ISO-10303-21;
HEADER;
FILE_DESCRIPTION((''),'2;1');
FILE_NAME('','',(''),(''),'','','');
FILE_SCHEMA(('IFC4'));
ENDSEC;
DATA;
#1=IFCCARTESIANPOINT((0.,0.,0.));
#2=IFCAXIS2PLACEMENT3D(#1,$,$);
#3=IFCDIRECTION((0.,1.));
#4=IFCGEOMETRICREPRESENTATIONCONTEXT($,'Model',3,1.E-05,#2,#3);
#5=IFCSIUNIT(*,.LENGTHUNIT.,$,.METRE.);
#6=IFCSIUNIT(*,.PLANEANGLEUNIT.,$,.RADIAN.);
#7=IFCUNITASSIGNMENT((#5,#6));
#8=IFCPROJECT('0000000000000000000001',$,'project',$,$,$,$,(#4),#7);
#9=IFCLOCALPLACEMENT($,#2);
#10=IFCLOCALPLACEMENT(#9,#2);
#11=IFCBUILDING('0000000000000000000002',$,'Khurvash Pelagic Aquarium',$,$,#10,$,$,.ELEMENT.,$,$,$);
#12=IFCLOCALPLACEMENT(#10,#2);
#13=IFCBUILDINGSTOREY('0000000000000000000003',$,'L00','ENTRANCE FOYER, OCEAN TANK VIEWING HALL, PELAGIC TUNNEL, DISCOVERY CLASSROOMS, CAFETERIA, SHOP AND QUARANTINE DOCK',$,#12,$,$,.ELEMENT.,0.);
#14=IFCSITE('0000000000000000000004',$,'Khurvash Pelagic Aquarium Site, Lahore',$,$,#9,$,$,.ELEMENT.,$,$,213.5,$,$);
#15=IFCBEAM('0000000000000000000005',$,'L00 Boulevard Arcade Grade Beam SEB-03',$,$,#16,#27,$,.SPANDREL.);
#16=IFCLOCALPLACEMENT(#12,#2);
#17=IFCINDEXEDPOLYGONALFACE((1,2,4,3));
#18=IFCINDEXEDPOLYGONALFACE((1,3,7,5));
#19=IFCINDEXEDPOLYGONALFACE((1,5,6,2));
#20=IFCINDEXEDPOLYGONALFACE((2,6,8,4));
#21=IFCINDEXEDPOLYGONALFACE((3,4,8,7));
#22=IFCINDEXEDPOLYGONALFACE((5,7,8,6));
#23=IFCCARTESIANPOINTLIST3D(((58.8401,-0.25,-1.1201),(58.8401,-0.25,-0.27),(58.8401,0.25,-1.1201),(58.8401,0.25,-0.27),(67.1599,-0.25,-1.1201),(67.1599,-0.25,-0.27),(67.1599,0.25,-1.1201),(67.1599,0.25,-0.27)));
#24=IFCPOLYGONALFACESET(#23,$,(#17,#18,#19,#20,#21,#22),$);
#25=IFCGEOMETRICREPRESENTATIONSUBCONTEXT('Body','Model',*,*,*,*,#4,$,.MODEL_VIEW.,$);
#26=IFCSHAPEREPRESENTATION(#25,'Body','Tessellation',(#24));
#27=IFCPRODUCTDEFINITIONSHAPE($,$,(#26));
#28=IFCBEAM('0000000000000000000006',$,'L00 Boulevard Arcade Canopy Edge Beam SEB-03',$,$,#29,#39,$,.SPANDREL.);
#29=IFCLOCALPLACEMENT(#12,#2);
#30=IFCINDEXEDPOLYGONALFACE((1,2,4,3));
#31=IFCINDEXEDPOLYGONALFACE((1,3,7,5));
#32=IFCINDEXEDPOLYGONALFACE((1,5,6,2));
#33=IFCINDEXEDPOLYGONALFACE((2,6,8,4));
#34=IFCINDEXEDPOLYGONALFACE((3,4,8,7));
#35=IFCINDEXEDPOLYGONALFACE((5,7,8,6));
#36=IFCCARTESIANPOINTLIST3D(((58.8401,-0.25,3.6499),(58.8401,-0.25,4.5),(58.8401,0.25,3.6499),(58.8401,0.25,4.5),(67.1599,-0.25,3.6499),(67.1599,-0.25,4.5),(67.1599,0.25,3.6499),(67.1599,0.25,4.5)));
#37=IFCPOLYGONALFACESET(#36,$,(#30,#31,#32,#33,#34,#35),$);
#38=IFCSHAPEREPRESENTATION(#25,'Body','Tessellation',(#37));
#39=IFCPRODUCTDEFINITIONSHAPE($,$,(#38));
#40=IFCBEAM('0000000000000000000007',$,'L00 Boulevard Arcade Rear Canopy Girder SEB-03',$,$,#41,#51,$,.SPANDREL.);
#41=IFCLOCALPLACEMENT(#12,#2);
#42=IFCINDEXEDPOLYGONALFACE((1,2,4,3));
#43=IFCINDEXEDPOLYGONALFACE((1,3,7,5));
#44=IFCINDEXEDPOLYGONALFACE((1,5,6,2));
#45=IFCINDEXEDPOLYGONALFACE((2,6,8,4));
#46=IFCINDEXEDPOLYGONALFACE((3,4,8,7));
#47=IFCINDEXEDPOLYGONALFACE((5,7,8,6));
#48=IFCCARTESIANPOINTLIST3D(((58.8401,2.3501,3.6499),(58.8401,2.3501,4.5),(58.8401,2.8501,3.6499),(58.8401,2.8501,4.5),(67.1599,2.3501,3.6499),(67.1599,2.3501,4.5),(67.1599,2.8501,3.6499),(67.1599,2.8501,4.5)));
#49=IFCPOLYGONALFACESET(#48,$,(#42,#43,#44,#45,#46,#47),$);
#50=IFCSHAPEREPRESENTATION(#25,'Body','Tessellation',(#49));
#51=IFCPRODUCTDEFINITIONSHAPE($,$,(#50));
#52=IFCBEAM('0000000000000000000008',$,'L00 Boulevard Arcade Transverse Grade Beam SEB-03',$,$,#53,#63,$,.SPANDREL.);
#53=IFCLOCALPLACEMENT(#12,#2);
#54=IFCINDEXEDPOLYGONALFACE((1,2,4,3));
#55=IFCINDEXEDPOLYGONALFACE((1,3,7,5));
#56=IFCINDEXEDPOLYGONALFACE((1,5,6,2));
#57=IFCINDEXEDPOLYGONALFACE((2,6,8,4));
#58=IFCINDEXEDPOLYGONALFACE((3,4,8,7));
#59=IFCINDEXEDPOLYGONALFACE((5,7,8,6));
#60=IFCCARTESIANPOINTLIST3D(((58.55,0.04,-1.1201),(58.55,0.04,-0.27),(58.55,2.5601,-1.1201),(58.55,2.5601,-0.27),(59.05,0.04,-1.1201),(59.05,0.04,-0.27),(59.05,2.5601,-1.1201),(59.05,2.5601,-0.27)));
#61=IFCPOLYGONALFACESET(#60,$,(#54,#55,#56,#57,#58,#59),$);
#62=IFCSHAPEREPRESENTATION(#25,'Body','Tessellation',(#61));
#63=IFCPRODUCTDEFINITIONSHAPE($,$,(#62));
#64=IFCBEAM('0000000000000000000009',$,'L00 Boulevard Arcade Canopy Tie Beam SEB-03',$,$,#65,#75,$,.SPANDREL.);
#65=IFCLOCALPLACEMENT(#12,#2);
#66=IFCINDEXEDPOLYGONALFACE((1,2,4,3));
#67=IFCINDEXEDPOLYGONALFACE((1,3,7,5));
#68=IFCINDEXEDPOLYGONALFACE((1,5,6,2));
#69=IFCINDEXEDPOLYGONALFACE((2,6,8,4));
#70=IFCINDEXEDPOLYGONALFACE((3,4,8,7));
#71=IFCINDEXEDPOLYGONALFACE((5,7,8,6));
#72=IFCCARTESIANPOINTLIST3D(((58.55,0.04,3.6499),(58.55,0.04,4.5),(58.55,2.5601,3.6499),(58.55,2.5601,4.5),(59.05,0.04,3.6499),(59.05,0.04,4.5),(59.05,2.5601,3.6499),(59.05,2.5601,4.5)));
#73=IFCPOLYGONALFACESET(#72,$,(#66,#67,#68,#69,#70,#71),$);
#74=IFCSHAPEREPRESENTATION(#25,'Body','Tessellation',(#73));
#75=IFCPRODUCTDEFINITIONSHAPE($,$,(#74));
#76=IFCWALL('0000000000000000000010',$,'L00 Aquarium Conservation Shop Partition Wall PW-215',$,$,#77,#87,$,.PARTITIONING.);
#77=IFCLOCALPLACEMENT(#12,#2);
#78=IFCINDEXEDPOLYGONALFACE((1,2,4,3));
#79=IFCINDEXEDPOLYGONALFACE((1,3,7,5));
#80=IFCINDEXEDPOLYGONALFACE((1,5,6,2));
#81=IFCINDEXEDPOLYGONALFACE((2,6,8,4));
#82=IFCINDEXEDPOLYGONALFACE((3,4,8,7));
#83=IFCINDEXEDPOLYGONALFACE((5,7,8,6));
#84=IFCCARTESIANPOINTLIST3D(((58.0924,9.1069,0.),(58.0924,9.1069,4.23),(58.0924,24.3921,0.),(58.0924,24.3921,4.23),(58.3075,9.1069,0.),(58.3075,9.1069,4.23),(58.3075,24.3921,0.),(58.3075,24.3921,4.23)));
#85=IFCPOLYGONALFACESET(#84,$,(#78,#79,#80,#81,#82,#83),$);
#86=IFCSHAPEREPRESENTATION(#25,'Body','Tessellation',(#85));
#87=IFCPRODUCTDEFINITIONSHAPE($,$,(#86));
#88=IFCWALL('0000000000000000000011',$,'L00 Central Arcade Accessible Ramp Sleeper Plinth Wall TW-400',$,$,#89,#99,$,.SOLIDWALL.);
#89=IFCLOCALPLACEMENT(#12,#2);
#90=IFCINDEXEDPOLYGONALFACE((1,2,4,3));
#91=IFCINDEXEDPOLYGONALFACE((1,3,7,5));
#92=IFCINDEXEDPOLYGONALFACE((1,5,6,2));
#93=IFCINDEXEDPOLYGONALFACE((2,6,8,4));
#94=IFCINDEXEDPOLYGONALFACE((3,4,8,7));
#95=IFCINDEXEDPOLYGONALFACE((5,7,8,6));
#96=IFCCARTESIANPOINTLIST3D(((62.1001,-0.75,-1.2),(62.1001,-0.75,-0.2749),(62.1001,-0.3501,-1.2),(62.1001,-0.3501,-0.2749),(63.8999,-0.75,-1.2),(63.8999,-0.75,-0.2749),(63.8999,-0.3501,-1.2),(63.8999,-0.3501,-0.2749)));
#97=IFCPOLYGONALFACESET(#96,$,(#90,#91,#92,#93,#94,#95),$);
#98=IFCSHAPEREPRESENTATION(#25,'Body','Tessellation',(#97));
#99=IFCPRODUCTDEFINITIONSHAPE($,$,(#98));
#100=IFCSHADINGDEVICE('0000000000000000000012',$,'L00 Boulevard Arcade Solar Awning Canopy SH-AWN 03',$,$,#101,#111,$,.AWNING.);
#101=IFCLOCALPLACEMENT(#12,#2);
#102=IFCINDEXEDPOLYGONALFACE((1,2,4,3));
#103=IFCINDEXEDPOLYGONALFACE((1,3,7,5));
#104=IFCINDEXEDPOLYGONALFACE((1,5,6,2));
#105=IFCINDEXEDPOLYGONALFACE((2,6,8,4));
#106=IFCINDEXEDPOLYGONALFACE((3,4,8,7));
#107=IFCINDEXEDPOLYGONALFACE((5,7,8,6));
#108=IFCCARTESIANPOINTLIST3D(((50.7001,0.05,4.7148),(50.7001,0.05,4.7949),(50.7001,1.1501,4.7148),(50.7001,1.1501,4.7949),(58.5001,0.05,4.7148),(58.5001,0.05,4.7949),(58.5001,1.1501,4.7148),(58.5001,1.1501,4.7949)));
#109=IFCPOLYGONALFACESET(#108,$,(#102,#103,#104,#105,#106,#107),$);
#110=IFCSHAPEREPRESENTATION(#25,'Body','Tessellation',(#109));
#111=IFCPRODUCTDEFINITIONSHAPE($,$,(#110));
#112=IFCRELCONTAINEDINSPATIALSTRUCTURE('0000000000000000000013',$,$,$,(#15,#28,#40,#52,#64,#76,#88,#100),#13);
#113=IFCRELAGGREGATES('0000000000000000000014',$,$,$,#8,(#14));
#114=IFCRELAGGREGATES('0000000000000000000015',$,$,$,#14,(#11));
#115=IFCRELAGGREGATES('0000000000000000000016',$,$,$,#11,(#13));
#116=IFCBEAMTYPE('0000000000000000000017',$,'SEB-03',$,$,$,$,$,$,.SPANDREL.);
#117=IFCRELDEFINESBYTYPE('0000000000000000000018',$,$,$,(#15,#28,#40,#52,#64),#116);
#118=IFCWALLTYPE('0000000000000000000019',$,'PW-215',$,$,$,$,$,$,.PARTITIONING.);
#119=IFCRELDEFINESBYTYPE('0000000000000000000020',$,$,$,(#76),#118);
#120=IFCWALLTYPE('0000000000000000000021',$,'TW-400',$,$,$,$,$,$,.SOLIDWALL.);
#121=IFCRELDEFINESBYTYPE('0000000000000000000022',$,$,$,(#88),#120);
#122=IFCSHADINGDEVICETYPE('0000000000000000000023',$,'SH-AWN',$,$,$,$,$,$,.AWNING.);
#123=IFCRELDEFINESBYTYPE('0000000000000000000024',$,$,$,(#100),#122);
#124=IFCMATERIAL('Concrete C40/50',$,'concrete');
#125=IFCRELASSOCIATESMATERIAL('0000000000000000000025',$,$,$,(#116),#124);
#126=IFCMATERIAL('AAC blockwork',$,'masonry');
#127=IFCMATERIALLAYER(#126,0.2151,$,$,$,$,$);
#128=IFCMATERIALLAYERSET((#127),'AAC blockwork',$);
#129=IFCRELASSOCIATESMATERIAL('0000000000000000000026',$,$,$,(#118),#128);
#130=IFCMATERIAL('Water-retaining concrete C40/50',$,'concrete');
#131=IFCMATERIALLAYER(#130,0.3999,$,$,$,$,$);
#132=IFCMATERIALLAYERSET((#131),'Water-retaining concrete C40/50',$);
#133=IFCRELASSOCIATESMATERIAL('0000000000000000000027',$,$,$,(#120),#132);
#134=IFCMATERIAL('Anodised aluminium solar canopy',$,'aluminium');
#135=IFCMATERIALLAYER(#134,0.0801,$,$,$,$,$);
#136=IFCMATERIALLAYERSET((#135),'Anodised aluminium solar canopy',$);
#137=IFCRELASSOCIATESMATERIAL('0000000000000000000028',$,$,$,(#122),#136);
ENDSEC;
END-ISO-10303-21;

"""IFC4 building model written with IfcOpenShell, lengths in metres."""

from ifc_helpers import new_model, si_unit, direction, frame, frame_2d, origin, origin_2d, place, context, subcontext, project, spatial, rectangle, extrude, material, layer, layer_set, material_profile, profile_set, type_object, element, save


model = new_model("IFC4")

# Units and contexts
model_context = context("Model", 3, precision=1e-05, world=origin(), true_north=direction((0.0, 1.0)))
body_context = subcontext(model_context, "Body", "Model", "MODEL_VIEW")
ifc_project = project(units=[si_unit("LENGTHUNIT", "METRE"), si_unit("PLANEANGLEUNIT", "RADIAN")], contexts=[model_context])

# Site, building, storey
site_placement = place(None, origin())
site = spatial("IfcSite", under=ifc_project, at=site_placement, Name="Khurvash Pelagic Aquarium Site, Lahore", CompositionType="ELEMENT", RefElevation=213.5)
building_placement = place(site_placement, origin())
building = spatial("IfcBuilding", under=site, at=building_placement, Name="Khurvash Pelagic Aquarium", CompositionType="ELEMENT")
storey_placement = place(building_placement, origin())
storey = spatial("IfcBuildingStorey", under=building, at=storey_placement, Name="L00", Description="ENTRANCE FOYER, OCEAN TANK VIEWING HALL, PELAGIC TUNNEL, DISCOVERY CLASSROOMS, CAFETERIA, SHOP AND QUARANTINE DOCK", CompositionType="ELEMENT", Elevation=0.0)

# Shared definitions
ifc_material_1 = material(Name="Concrete C40/50", Category="concrete")

# Beams
ifc_material_profile_1 = material_profile(ifc_material_1, rectangle(XDim=0.5, YDim=0.8501, at=origin_2d()), Name="RC500X850")
ifc_profile_set_1 = profile_set([ifc_material_profile_1], Name="Concrete C40/50")
beam_type_1 = type_object("IfcBeamType", Name="SEB-03", PredefinedType="SPANDREL", material=ifc_profile_set_1)
for number, where, z_axis, x_axis, name in (
    (1, (58.8401, 0.0, -0.6951), (1.0, 0.0, 0.0), (0.0, 1.0, 0.0), "L00 Boulevard Arcade Grade Beam SEB-03"),
    (2, (58.8401, 0.0, 4.075), (1.0, 0.0, 0.0), (0.0, 1.0, 0.0), "L00 Boulevard Arcade Canopy Edge Beam SEB-03"),
    (3, (58.8401, 2.6001, 4.075), (1.0, 0.0, 0.0), (0.0, 1.0, 0.0), "L00 Boulevard Arcade Rear Canopy Girder SEB-03"),
):
    element("IfcBeam", number, at=place(storey_placement, frame(where, z_axis=z_axis, x_axis=x_axis)), inside=storey, type_object=beam_type_1, Name=name, PredefinedType="SPANDREL", context=body_context, shape_type="SweptSolid", body=[
        extrude(rectangle(XDim=0.5, YDim=0.8501, at=origin_2d()), origin(), (0.0, 0.0, 1.0), 8.3198),
    ])
for number, where, z_axis, x_axis, name in (
    (4, (58.8, 0.04, -0.6951), (0.0, 1.0, 0.0), (-1.0, 0.0, 0.0), "L00 Boulevard Arcade Transverse Grade Beam SEB-03"),
    (5, (58.8, 0.04, 4.075), (0.0, 1.0, 0.0), (-1.0, 0.0, 0.0), "L00 Boulevard Arcade Canopy Tie Beam SEB-03"),
):
    element("IfcBeam", number, at=place(storey_placement, frame(where, z_axis=z_axis, x_axis=x_axis)), inside=storey, type_object=beam_type_1, Name=name, PredefinedType="SPANDREL", context=body_context, shape_type="SweptSolid", body=[
        extrude(rectangle(XDim=0.5, YDim=0.8501, at=origin_2d()), origin(), (0.0, 0.0, 1.0), 2.52),
    ])

# Walls
ifc_material_2 = material(Name="AAC blockwork", Category="masonry")
ifc_layer_1 = layer(ifc_material_2, 0.2151)
ifc_layer_set_1 = layer_set([ifc_layer_1], Name="AAC blockwork")
wall_type_1 = type_object("IfcWallType", Name="PW-215", PredefinedType="PARTITIONING", material=ifc_layer_set_1)
wall_1_placement = place(storey_placement, frame((58.2, 9.1069, 0.0), z_axis=(0.0, 0.0, 1.0), x_axis=(0.0, 1.0, 0.0)))
element("IfcWall", 6, at=wall_1_placement, inside=storey, type_object=wall_type_1, Name="L00 Aquarium Conservation Shop Partition Wall PW-215", PredefinedType="PARTITIONING", context=body_context, shape_type="SweptSolid", body=[
    extrude(rectangle(XDim=15.2852, YDim=0.2151, at=frame_2d((7.6426, 0.0))), origin(), (0.0, 0.0, 1.0), 4.23),
])
ifc_material_3 = material(Name="Water-retaining concrete C40/50", Category="concrete")
ifc_layer_2 = layer(ifc_material_3, 0.3999)
ifc_layer_set_2 = layer_set([ifc_layer_2], Name="Water-retaining concrete C40/50")
wall_type_2 = type_object("IfcWallType", Name="TW-400", PredefinedType="SOLIDWALL", material=ifc_layer_set_2)
wall_2_placement = place(storey_placement, frame((62.1001, -0.55, -1.2), z_axis=(0.0, 0.0, 1.0), x_axis=(1.0, 0.0, 0.0)))
element("IfcWall", 7, at=wall_2_placement, inside=storey, type_object=wall_type_2, Name="L00 Central Arcade Accessible Ramp Sleeper Plinth Wall TW-400", PredefinedType="SOLIDWALL", context=body_context, shape_type="SweptSolid", body=[
    extrude(rectangle(XDim=1.7998, YDim=0.3999, at=frame_2d((0.8999, 0.0))), origin(), (0.0, 0.0, 1.0), 0.925),
])

# Shading device
ifc_material_4 = material(Name="Anodised aluminium solar canopy", Category="aluminium")
ifc_layer_3 = layer(ifc_material_4, 0.0801)
ifc_layer_set_3 = layer_set([ifc_layer_3], Name="Anodised aluminium solar canopy")
shading_device_type = type_object("IfcShadingDeviceType", Name="SH-AWN", PredefinedType="AWNING", material=ifc_layer_set_3)
shading_device_placement = place(storey_placement, frame((54.6001, 0.6001, 4.7148), z_axis=(0.0, 0.0, 1.0), x_axis=(1.0, 0.0, 0.0)))
element("IfcShadingDevice", 8, at=shading_device_placement, inside=storey, type_object=shading_device_type, Name="L00 Boulevard Arcade Solar Awning Canopy SH-AWN 03", PredefinedType="AWNING", context=body_context, shape_type="SweptSolid", body=[
    extrude(rectangle(XDim=7.8, YDim=1.1001, at=origin_2d()), origin(), (0.0, 0.0, 1.0), 0.0801),
])

save(model, "model.ifc")
